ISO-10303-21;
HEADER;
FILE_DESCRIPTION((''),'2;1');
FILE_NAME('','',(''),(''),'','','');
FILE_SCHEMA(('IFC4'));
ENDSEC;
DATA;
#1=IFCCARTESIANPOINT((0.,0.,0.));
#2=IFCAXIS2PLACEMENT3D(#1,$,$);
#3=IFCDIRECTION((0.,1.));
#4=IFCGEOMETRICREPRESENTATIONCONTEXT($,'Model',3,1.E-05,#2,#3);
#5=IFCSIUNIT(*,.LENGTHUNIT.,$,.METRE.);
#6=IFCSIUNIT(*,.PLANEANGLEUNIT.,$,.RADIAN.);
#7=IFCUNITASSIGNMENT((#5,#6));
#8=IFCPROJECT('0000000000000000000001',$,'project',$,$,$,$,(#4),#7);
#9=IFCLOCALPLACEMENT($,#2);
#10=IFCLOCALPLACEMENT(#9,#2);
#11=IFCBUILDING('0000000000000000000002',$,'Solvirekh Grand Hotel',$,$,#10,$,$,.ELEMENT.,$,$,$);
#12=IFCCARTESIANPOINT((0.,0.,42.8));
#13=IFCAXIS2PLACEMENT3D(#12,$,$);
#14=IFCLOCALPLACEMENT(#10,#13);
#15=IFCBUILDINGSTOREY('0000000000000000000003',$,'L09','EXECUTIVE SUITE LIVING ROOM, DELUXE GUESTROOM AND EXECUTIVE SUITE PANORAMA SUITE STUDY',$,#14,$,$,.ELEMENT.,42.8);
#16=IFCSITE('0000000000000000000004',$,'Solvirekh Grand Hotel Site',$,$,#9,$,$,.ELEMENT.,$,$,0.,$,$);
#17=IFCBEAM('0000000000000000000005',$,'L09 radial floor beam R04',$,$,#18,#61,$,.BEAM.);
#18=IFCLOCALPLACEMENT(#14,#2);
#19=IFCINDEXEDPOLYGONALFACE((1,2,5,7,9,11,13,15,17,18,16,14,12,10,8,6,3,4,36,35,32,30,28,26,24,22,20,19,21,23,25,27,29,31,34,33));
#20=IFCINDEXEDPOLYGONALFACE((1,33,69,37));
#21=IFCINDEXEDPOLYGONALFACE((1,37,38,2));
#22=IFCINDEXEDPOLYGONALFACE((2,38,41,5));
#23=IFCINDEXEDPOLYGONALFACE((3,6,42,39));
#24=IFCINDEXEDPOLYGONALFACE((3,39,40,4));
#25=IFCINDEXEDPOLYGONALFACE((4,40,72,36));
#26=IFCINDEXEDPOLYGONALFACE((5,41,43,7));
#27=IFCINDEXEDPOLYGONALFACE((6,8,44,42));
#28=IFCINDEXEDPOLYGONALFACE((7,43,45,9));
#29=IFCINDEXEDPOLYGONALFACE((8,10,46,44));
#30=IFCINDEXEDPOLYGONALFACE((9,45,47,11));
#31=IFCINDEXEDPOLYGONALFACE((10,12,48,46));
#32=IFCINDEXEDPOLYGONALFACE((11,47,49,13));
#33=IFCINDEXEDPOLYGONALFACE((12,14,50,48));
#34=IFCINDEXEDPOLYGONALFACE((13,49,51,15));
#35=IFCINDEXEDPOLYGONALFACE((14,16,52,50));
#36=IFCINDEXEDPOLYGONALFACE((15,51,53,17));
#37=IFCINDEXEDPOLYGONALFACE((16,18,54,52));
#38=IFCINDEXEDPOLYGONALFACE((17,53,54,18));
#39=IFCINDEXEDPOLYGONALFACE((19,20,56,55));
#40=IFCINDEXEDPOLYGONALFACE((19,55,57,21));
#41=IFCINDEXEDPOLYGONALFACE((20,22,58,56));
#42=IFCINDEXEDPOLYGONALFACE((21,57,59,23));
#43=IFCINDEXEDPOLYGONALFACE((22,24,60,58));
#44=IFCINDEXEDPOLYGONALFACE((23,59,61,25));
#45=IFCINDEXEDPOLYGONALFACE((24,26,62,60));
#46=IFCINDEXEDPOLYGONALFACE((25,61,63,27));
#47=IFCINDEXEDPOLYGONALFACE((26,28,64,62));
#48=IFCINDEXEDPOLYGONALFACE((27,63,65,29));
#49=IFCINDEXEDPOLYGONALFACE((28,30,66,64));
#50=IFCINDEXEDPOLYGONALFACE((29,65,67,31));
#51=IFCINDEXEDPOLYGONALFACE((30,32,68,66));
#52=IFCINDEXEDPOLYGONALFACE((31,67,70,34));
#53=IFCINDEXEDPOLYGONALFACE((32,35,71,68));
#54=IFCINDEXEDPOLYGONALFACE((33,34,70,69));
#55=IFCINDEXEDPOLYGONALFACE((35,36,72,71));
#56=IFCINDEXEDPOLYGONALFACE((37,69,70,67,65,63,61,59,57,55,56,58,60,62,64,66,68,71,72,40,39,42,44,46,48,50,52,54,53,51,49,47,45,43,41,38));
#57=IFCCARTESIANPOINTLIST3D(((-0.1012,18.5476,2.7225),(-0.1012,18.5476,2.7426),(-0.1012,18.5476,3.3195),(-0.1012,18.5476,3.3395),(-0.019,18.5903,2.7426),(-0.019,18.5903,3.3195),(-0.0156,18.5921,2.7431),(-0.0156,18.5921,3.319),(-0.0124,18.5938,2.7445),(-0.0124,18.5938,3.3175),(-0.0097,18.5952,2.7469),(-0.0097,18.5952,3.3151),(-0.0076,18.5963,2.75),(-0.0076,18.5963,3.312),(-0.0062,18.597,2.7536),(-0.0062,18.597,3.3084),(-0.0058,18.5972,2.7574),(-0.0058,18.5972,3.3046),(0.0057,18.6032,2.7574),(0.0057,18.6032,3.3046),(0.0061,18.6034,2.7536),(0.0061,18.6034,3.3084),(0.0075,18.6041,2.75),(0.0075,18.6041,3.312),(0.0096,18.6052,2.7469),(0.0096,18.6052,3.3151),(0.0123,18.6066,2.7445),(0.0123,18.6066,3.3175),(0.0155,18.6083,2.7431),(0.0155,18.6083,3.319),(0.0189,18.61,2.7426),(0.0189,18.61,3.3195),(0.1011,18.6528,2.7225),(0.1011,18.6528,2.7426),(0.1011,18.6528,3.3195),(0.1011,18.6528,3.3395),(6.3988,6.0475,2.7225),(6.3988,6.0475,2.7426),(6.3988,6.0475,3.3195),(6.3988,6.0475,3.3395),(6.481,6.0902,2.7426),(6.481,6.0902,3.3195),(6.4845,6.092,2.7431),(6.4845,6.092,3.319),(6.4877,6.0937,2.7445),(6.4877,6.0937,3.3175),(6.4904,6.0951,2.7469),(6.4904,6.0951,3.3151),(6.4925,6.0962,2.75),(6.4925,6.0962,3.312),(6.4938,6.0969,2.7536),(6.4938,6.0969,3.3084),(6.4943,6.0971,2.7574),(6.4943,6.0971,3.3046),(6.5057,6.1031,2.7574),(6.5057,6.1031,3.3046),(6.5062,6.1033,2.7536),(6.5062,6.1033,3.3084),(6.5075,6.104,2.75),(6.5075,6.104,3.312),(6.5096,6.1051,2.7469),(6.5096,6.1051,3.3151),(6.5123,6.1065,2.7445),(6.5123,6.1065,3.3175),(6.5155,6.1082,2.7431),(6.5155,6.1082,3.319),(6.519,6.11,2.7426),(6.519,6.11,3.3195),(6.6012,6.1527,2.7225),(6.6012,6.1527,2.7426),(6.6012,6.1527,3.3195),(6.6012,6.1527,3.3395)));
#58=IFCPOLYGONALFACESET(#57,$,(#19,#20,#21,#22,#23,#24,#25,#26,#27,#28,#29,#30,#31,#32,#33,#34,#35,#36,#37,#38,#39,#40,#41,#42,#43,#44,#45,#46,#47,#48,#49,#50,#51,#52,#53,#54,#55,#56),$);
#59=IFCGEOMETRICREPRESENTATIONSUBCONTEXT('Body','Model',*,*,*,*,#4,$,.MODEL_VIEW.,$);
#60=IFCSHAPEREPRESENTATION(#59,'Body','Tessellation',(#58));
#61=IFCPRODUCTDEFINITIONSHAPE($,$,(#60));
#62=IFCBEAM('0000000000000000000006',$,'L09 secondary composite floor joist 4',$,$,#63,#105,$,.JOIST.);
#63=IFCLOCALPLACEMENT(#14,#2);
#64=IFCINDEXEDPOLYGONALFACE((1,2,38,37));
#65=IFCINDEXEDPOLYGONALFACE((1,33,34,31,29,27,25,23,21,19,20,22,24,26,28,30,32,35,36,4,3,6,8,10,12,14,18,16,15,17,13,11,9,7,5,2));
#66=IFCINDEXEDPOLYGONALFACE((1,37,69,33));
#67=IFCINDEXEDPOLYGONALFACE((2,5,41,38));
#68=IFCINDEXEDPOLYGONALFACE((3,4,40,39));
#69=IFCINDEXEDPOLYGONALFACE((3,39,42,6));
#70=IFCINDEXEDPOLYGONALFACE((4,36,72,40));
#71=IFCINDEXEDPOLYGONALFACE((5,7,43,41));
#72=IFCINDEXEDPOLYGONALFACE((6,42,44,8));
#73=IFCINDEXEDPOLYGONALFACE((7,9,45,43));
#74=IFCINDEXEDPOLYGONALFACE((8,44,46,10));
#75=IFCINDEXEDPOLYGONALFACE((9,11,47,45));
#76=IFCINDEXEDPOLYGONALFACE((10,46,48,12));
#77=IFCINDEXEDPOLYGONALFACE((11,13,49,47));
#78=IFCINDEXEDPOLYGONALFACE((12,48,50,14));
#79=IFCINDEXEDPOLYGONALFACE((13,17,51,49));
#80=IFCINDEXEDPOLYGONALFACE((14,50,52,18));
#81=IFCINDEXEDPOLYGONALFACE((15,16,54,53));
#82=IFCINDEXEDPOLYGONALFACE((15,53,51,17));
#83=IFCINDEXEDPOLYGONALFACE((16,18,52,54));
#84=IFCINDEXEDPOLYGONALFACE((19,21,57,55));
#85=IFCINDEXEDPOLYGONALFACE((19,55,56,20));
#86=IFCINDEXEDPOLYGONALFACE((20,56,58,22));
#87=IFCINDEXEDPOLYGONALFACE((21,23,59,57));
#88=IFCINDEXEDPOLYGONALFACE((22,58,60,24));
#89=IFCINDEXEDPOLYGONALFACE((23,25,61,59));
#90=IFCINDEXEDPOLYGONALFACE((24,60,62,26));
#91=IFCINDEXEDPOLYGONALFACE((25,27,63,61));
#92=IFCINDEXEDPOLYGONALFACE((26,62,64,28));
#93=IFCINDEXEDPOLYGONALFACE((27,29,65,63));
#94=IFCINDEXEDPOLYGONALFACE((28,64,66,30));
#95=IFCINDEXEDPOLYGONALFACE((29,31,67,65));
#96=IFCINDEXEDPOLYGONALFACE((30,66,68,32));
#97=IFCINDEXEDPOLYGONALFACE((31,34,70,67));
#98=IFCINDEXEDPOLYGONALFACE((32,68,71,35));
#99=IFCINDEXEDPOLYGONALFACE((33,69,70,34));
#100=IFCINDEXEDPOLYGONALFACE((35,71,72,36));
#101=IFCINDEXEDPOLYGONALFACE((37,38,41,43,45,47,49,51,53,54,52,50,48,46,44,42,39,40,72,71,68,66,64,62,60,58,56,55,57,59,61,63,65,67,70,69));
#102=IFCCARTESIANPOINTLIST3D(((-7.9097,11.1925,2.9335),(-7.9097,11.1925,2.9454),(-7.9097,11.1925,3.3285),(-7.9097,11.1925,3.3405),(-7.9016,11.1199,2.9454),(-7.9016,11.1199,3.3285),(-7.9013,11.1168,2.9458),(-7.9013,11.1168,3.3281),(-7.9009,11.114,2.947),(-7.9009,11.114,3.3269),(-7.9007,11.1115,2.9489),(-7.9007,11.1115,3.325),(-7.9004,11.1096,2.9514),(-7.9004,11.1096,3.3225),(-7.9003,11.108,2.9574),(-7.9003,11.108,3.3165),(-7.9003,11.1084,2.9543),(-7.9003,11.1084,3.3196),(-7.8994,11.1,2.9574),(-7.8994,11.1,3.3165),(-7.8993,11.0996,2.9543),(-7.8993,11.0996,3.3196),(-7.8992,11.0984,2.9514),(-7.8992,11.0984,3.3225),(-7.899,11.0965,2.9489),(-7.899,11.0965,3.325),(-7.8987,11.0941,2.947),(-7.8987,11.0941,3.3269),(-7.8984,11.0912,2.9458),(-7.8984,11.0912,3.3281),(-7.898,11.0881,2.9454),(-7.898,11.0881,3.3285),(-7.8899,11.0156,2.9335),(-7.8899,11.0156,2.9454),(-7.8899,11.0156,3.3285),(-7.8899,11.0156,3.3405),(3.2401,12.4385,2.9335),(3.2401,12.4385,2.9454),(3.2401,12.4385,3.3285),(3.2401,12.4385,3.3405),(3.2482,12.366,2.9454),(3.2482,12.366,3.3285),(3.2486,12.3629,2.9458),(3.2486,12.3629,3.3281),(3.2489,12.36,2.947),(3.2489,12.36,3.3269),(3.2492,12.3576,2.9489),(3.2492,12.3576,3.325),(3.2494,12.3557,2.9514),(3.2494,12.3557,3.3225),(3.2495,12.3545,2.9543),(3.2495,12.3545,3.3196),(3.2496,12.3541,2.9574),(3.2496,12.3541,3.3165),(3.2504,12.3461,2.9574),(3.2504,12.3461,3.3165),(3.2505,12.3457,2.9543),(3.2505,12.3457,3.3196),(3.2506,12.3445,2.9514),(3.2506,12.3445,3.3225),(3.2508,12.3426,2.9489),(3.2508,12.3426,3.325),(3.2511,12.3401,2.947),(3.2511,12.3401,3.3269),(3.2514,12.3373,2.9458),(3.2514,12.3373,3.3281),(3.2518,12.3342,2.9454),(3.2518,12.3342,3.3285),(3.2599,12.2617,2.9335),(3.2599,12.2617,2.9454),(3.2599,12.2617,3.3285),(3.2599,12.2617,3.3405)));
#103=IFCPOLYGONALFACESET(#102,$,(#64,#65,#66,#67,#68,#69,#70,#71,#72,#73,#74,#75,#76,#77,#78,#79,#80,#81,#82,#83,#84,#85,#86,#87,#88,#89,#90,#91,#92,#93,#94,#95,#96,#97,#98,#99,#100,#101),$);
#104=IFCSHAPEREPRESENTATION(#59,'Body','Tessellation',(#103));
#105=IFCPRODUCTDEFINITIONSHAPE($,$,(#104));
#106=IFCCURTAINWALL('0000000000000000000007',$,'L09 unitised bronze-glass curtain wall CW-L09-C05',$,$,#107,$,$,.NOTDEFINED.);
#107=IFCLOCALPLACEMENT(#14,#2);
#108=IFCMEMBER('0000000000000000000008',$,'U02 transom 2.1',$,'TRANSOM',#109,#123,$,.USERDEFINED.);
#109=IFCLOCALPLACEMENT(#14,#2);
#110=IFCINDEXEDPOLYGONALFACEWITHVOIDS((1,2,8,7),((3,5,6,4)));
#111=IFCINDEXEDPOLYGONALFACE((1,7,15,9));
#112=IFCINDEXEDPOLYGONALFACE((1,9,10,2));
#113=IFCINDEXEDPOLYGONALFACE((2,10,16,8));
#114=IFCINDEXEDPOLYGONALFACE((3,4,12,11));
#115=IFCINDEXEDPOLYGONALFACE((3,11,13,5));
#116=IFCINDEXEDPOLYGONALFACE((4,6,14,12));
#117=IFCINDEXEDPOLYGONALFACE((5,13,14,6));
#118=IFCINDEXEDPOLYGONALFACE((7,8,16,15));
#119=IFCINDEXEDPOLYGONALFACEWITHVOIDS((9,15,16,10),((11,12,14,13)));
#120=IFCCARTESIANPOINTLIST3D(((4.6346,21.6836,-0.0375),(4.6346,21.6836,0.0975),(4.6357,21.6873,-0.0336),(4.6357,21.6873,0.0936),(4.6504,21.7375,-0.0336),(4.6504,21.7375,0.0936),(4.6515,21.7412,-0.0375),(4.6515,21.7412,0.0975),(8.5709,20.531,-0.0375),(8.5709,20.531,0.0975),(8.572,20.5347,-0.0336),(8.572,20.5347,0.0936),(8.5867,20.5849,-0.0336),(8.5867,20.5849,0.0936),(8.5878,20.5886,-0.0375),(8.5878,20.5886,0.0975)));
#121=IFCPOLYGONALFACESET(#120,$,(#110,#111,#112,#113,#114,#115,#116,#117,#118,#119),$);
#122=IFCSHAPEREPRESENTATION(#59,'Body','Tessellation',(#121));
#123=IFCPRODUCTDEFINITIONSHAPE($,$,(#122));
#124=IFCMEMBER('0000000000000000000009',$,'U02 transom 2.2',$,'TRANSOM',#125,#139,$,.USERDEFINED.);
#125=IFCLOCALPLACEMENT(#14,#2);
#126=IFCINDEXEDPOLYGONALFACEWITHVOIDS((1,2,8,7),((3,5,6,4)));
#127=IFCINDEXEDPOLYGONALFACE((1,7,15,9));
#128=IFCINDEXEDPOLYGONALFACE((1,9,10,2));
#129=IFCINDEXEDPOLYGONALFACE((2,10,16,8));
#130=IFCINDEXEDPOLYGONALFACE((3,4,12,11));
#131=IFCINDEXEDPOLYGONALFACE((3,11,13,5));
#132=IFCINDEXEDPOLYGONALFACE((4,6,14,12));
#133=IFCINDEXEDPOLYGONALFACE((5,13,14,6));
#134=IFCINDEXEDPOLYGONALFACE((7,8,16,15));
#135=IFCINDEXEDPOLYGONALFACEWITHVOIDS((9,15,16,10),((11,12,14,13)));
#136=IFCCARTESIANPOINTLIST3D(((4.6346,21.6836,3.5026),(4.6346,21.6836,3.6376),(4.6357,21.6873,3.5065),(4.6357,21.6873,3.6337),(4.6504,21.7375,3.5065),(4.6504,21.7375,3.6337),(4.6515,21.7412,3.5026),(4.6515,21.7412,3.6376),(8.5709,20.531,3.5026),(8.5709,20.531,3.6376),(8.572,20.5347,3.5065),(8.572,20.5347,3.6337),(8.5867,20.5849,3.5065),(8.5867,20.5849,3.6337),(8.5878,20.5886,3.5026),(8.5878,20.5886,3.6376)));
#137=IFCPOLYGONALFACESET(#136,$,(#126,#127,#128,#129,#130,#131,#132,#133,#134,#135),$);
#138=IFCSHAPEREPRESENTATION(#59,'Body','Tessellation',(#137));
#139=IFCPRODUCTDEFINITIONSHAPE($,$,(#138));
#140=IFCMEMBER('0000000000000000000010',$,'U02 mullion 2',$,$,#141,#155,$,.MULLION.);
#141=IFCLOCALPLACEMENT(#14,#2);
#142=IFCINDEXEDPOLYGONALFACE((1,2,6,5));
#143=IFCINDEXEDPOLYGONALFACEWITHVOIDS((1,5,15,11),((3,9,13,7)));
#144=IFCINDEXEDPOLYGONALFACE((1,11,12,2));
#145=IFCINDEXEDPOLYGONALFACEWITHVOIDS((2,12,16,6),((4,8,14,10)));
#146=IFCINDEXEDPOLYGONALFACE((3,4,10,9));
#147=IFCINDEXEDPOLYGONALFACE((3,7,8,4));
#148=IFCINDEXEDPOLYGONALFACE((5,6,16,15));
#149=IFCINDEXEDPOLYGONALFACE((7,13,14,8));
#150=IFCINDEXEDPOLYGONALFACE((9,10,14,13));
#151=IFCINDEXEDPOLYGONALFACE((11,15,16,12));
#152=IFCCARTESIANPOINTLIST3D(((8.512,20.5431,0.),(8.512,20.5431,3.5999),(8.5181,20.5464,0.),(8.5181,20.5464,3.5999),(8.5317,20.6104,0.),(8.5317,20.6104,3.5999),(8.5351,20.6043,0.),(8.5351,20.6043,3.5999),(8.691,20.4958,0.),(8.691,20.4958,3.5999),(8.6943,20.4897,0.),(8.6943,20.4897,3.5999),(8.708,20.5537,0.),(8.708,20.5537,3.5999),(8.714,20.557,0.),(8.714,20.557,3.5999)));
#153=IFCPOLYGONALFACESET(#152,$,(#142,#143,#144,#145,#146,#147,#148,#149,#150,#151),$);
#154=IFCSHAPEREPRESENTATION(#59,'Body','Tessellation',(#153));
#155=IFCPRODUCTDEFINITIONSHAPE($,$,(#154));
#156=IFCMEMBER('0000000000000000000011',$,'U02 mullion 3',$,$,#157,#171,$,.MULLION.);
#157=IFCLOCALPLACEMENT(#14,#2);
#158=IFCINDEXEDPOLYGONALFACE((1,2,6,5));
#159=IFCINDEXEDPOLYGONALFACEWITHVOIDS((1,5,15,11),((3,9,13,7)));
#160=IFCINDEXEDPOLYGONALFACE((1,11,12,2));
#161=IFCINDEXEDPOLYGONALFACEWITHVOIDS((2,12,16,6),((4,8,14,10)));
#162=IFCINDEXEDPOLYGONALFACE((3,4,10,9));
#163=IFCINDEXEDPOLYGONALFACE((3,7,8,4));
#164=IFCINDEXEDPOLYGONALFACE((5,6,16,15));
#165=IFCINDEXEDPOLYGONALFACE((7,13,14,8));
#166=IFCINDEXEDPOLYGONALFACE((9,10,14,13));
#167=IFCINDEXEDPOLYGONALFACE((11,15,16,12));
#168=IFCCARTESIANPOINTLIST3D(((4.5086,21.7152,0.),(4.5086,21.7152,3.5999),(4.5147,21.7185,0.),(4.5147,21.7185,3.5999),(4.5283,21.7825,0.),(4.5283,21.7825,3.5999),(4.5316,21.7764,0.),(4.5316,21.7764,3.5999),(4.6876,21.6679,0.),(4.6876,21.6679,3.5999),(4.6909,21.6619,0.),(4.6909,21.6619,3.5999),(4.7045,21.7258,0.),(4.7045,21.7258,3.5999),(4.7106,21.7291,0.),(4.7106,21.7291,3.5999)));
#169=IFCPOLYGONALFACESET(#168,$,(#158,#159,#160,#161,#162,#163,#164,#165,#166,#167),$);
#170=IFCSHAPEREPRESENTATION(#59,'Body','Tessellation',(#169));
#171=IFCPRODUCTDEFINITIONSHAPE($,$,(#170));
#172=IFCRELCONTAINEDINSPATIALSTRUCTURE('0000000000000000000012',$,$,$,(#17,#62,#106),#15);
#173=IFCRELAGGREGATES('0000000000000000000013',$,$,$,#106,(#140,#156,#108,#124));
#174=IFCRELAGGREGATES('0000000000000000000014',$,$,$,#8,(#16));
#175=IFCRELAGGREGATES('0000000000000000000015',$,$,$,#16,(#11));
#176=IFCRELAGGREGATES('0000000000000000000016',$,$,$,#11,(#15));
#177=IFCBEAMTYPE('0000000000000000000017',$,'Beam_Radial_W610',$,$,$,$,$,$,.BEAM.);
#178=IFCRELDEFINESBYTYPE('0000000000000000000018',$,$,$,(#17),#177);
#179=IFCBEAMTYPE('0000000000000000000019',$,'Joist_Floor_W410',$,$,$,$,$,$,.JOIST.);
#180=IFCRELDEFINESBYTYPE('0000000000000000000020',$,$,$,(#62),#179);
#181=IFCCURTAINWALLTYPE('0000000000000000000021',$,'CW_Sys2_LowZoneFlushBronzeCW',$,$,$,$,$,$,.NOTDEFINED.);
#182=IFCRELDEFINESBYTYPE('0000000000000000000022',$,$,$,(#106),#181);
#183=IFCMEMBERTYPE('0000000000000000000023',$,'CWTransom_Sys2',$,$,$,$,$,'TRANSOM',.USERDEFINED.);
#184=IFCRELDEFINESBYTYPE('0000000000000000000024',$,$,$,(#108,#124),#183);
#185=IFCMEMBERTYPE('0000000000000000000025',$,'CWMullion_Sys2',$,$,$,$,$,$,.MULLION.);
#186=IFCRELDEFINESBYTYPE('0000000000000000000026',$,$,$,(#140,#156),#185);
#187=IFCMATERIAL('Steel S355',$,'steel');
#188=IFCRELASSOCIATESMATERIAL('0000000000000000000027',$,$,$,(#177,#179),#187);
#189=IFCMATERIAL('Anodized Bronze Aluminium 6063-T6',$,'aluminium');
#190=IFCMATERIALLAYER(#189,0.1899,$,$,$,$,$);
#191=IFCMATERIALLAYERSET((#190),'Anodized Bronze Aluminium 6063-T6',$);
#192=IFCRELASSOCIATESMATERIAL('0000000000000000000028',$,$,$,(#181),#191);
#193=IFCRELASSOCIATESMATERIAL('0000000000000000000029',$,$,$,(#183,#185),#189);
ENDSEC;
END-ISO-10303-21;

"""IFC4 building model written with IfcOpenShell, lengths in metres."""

from ifc_helpers import new_model, si_unit, direction, frame, origin, origin_2d, place, context, subcontext, project, spatial, hollow_rectangle, i_section, extrude, source, transform, mapped, material, layer, layer_set, material_profile, profile_set, type_object, element, aggregate, save


model = new_model("IFC4")

# Units and contexts
model_context = context("Model", 3, precision=1e-05, world=origin(), true_north=direction((0.0, 1.0)))
body_context = subcontext(model_context, "Body", "Model", "MODEL_VIEW")
ifc_project = project(units=[si_unit("LENGTHUNIT", "METRE"), si_unit("PLANEANGLEUNIT", "RADIAN")], contexts=[model_context])

# Site, building, storey
site_placement = place(None, origin())
site = spatial("IfcSite", under=ifc_project, at=site_placement, Name="Solvirekh Grand Hotel Site", CompositionType="ELEMENT", RefElevation=0.0)
building_placement = place(site_placement, origin())
building = spatial("IfcBuilding", under=site, at=building_placement, Name="Solvirekh Grand Hotel", CompositionType="ELEMENT")
storey_placement = place(building_placement, frame((0.0, 0.0, 42.8)))
storey = spatial("IfcBuildingStorey", under=building, at=storey_placement, Name="L09", Description="EXECUTIVE SUITE LIVING ROOM, DELUXE GUESTROOM AND EXECUTIVE SUITE PANORAMA SUITE STUDY", CompositionType="ELEMENT", Elevation=42.8)

# Beams
ifc_material_1 = material(Name="Steel S355", Category="steel")
ifc_material_profile_1 = material_profile(ifc_material_1, i_section(OverallWidth=0.228, OverallDepth=0.6169, WebThickness=0.0129, FlangeThickness=0.02, FilletRadius=0.0149, at=origin_2d()), Name="W610X140")
ifc_profile_set_1 = profile_set([ifc_material_profile_1], Name="Steel S355")
beam_type_1 = type_object("IfcBeamType", Name="Beam_Radial_W610", PredefinedType="BEAM", material=ifc_profile_set_1)
beam_1_placement = place(storey_placement, frame((6.5, 6.1001, 3.031), z_axis=(-0.461353, 0.887217, 0.0), x_axis=(-0.887217, -0.461353, 0.0)))
element("IfcBeam", 1, at=beam_1_placement, inside=storey, type_object=beam_type_1, Name="L09 radial floor beam R04", PredefinedType="BEAM", context=body_context, shape_type="SweptSolid", body=[
    extrude(i_section(OverallWidth=0.228, OverallDepth=0.6169, WebThickness=0.0129, FlangeThickness=0.02, FilletRadius=0.0149, at=origin_2d()), origin(), (0.0, 0.0, 1.0), 14.0891),
])
ifc_material_profile_2 = material_profile(ifc_material_1, i_section(OverallWidth=0.178, OverallDepth=0.407, WebThickness=0.0081, FlangeThickness=0.012, FilletRadius=0.012, at=origin_2d()), Name="W410X60")
ifc_profile_set_2 = profile_set([ifc_material_profile_2], Name="Steel S355")
beam_type_2 = type_object("IfcBeamType", Name="Joist_Floor_W410", PredefinedType="JOIST", material=ifc_profile_set_2)
beam_2_placement = place(storey_placement, frame((3.25, 12.3501, 3.137), z_axis=(-0.993813, -0.111067, 0.0), x_axis=(0.111067, -0.993813, 0.0)))
element("IfcBeam", 2, at=beam_2_placement, inside=storey, type_object=beam_type_2, Name="L09 secondary composite floor joist 4", PredefinedType="JOIST", context=body_context, shape_type="SweptSolid", body=[
    extrude(i_section(OverallWidth=0.178, OverallDepth=0.407, WebThickness=0.0081, FlangeThickness=0.012, FilletRadius=0.012, at=origin_2d()), origin(), (0.0, 0.0, 1.0), 11.2192),
])

# Curtain wall, members
ifc_material_2 = material(Name="Anodized Bronze Aluminium 6063-T6", Category="aluminium")
ifc_layer_1 = layer(ifc_material_2, 0.1899)
ifc_layer_set_1 = layer_set([ifc_layer_1], Name="Anodized Bronze Aluminium 6063-T6")
curtain_wall_type = type_object("IfcCurtainWallType", Name="CW_Sys2_LowZoneFlushBronzeCW", PredefinedType="NOTDEFINED", material=ifc_layer_set_1)
curtain_wall_placement = place(storey_placement, origin())
curtain_wall = element("IfcCurtainWall", 3, at=curtain_wall_placement, inside=storey, type_object=curtain_wall_type, Name="L09 unitised bronze-glass curtain wall CW-L09-C05", PredefinedType="NOTDEFINED")
ifc_material_profile_3 = material_profile(ifc_material_2, hollow_rectangle(XDim=0.0601, YDim=0.135, WallThickness=0.0039, at=origin_2d()), Name="ALU RHS 135X60X4")
ifc_profile_set_3 = profile_set([ifc_material_profile_3], Name="Anodized Bronze Aluminium 6063-T6")
member_type_1 = type_object("IfcMemberType", Name="CWTransom_Sys2", ElementType="TRANSOM", PredefinedType="USERDEFINED", material=ifc_profile_set_3)
shared_shape_1 = source(origin(), body_context, "Body", "SweptSolid", [
    extrude(hollow_rectangle(XDim=0.0601, YDim=0.135, WallThickness=0.0039, at=origin_2d()), origin(), (0.0, 0.0, 1.0), 4.1016),
])
member_1_placement = place(storey_placement, frame((8.5793, 20.5598, 0.03), z_axis=(-0.959704, 0.281012, 0.0), x_axis=(-0.281012, -0.959704, 0.0)))
member_1 = element("IfcMember", 4, at=member_1_placement, type_object=member_type_1, Name="U02 transom 2.1", ObjectType="TRANSOM", PredefinedType="USERDEFINED", context=body_context, shape_type="MappedRepresentation", body=[
    mapped(shared_shape_1, transform((0.0, 0.0, 0.0), x_axis=(1.0, 0.0, 0.0), y_axis=(0.0, 1.0, 0.0), z_axis=(0.0, 0.0, 1.0), scale=1.0)),
])
member_2_placement = place(storey_placement, frame((8.5793, 20.5598, 3.5701), z_axis=(-0.959704, 0.281012, 0.0), x_axis=(-0.281012, -0.959704, 0.0)))
member_2 = element("IfcMember", 5, at=member_2_placement, type_object=member_type_1, Name="U02 transom 2.2", ObjectType="TRANSOM", PredefinedType="USERDEFINED", context=body_context, shape_type="MappedRepresentation", body=[
    mapped(shared_shape_1, transform((0.0, 0.0, 0.0), x_axis=(1.0, 0.0, 0.0), y_axis=(0.0, 1.0, 0.0), z_axis=(0.0, 0.0, 1.0), scale=1.0)),
])
ifc_material_profile_4 = material_profile(ifc_material_2, hollow_rectangle(XDim=0.0701, YDim=0.1899, WallThickness=0.0049, at=origin_2d()), Name="ALU RHS 190X70X5")
ifc_profile_set_4 = profile_set([ifc_material_profile_4], Name="Anodized Bronze Aluminium 6063-T6")
member_type_2 = type_object("IfcMemberType", Name="CWMullion_Sys2", PredefinedType="MULLION", material=ifc_profile_set_4)
shared_shape_2 = source(origin(), body_context, "Body", "SweptSolid", [
    extrude(hollow_rectangle(XDim=0.0701, YDim=0.1899, WallThickness=0.0049, at=origin_2d()), origin(), (0.0, 0.0, 1.0), 3.5999),
])
member_3_placement = place(storey_placement, frame((8.613, 20.55, 0.0), z_axis=(0.0, 0.0, 1.0), x_axis=(-0.280995, -0.959709, 0.0)))
member_3 = element("IfcMember", 6, at=member_3_placement, type_object=member_type_2, Name="U02 mullion 2", PredefinedType="MULLION", context=body_context, shape_type="MappedRepresentation", body=[
    mapped(shared_shape_2, transform((0.0, 0.0, 0.0), x_axis=(1.0, 0.0, 0.0), y_axis=(0.0, 1.0, 0.0), z_axis=(0.0, 0.0, 1.0), scale=1.0)),
])
member_4_placement = place(storey_placement, frame((4.6096, 21.7222, 0.0), z_axis=(0.0, 0.0, 1.0), x_axis=(-0.280995, -0.959709, 0.0)))
member_4 = element("IfcMember", 7, at=member_4_placement, type_object=member_type_2, Name="U02 mullion 3", PredefinedType="MULLION", context=body_context, shape_type="MappedRepresentation", body=[
    mapped(shared_shape_2, transform((0.0, 0.0, 0.0), x_axis=(1.0, 0.0, 0.0), y_axis=(0.0, 1.0, 0.0), z_axis=(0.0, 0.0, 1.0), scale=1.0)),
])
aggregate(curtain_wall, [member_3, member_4, member_1, member_2])

save(model, "model.ifc")
